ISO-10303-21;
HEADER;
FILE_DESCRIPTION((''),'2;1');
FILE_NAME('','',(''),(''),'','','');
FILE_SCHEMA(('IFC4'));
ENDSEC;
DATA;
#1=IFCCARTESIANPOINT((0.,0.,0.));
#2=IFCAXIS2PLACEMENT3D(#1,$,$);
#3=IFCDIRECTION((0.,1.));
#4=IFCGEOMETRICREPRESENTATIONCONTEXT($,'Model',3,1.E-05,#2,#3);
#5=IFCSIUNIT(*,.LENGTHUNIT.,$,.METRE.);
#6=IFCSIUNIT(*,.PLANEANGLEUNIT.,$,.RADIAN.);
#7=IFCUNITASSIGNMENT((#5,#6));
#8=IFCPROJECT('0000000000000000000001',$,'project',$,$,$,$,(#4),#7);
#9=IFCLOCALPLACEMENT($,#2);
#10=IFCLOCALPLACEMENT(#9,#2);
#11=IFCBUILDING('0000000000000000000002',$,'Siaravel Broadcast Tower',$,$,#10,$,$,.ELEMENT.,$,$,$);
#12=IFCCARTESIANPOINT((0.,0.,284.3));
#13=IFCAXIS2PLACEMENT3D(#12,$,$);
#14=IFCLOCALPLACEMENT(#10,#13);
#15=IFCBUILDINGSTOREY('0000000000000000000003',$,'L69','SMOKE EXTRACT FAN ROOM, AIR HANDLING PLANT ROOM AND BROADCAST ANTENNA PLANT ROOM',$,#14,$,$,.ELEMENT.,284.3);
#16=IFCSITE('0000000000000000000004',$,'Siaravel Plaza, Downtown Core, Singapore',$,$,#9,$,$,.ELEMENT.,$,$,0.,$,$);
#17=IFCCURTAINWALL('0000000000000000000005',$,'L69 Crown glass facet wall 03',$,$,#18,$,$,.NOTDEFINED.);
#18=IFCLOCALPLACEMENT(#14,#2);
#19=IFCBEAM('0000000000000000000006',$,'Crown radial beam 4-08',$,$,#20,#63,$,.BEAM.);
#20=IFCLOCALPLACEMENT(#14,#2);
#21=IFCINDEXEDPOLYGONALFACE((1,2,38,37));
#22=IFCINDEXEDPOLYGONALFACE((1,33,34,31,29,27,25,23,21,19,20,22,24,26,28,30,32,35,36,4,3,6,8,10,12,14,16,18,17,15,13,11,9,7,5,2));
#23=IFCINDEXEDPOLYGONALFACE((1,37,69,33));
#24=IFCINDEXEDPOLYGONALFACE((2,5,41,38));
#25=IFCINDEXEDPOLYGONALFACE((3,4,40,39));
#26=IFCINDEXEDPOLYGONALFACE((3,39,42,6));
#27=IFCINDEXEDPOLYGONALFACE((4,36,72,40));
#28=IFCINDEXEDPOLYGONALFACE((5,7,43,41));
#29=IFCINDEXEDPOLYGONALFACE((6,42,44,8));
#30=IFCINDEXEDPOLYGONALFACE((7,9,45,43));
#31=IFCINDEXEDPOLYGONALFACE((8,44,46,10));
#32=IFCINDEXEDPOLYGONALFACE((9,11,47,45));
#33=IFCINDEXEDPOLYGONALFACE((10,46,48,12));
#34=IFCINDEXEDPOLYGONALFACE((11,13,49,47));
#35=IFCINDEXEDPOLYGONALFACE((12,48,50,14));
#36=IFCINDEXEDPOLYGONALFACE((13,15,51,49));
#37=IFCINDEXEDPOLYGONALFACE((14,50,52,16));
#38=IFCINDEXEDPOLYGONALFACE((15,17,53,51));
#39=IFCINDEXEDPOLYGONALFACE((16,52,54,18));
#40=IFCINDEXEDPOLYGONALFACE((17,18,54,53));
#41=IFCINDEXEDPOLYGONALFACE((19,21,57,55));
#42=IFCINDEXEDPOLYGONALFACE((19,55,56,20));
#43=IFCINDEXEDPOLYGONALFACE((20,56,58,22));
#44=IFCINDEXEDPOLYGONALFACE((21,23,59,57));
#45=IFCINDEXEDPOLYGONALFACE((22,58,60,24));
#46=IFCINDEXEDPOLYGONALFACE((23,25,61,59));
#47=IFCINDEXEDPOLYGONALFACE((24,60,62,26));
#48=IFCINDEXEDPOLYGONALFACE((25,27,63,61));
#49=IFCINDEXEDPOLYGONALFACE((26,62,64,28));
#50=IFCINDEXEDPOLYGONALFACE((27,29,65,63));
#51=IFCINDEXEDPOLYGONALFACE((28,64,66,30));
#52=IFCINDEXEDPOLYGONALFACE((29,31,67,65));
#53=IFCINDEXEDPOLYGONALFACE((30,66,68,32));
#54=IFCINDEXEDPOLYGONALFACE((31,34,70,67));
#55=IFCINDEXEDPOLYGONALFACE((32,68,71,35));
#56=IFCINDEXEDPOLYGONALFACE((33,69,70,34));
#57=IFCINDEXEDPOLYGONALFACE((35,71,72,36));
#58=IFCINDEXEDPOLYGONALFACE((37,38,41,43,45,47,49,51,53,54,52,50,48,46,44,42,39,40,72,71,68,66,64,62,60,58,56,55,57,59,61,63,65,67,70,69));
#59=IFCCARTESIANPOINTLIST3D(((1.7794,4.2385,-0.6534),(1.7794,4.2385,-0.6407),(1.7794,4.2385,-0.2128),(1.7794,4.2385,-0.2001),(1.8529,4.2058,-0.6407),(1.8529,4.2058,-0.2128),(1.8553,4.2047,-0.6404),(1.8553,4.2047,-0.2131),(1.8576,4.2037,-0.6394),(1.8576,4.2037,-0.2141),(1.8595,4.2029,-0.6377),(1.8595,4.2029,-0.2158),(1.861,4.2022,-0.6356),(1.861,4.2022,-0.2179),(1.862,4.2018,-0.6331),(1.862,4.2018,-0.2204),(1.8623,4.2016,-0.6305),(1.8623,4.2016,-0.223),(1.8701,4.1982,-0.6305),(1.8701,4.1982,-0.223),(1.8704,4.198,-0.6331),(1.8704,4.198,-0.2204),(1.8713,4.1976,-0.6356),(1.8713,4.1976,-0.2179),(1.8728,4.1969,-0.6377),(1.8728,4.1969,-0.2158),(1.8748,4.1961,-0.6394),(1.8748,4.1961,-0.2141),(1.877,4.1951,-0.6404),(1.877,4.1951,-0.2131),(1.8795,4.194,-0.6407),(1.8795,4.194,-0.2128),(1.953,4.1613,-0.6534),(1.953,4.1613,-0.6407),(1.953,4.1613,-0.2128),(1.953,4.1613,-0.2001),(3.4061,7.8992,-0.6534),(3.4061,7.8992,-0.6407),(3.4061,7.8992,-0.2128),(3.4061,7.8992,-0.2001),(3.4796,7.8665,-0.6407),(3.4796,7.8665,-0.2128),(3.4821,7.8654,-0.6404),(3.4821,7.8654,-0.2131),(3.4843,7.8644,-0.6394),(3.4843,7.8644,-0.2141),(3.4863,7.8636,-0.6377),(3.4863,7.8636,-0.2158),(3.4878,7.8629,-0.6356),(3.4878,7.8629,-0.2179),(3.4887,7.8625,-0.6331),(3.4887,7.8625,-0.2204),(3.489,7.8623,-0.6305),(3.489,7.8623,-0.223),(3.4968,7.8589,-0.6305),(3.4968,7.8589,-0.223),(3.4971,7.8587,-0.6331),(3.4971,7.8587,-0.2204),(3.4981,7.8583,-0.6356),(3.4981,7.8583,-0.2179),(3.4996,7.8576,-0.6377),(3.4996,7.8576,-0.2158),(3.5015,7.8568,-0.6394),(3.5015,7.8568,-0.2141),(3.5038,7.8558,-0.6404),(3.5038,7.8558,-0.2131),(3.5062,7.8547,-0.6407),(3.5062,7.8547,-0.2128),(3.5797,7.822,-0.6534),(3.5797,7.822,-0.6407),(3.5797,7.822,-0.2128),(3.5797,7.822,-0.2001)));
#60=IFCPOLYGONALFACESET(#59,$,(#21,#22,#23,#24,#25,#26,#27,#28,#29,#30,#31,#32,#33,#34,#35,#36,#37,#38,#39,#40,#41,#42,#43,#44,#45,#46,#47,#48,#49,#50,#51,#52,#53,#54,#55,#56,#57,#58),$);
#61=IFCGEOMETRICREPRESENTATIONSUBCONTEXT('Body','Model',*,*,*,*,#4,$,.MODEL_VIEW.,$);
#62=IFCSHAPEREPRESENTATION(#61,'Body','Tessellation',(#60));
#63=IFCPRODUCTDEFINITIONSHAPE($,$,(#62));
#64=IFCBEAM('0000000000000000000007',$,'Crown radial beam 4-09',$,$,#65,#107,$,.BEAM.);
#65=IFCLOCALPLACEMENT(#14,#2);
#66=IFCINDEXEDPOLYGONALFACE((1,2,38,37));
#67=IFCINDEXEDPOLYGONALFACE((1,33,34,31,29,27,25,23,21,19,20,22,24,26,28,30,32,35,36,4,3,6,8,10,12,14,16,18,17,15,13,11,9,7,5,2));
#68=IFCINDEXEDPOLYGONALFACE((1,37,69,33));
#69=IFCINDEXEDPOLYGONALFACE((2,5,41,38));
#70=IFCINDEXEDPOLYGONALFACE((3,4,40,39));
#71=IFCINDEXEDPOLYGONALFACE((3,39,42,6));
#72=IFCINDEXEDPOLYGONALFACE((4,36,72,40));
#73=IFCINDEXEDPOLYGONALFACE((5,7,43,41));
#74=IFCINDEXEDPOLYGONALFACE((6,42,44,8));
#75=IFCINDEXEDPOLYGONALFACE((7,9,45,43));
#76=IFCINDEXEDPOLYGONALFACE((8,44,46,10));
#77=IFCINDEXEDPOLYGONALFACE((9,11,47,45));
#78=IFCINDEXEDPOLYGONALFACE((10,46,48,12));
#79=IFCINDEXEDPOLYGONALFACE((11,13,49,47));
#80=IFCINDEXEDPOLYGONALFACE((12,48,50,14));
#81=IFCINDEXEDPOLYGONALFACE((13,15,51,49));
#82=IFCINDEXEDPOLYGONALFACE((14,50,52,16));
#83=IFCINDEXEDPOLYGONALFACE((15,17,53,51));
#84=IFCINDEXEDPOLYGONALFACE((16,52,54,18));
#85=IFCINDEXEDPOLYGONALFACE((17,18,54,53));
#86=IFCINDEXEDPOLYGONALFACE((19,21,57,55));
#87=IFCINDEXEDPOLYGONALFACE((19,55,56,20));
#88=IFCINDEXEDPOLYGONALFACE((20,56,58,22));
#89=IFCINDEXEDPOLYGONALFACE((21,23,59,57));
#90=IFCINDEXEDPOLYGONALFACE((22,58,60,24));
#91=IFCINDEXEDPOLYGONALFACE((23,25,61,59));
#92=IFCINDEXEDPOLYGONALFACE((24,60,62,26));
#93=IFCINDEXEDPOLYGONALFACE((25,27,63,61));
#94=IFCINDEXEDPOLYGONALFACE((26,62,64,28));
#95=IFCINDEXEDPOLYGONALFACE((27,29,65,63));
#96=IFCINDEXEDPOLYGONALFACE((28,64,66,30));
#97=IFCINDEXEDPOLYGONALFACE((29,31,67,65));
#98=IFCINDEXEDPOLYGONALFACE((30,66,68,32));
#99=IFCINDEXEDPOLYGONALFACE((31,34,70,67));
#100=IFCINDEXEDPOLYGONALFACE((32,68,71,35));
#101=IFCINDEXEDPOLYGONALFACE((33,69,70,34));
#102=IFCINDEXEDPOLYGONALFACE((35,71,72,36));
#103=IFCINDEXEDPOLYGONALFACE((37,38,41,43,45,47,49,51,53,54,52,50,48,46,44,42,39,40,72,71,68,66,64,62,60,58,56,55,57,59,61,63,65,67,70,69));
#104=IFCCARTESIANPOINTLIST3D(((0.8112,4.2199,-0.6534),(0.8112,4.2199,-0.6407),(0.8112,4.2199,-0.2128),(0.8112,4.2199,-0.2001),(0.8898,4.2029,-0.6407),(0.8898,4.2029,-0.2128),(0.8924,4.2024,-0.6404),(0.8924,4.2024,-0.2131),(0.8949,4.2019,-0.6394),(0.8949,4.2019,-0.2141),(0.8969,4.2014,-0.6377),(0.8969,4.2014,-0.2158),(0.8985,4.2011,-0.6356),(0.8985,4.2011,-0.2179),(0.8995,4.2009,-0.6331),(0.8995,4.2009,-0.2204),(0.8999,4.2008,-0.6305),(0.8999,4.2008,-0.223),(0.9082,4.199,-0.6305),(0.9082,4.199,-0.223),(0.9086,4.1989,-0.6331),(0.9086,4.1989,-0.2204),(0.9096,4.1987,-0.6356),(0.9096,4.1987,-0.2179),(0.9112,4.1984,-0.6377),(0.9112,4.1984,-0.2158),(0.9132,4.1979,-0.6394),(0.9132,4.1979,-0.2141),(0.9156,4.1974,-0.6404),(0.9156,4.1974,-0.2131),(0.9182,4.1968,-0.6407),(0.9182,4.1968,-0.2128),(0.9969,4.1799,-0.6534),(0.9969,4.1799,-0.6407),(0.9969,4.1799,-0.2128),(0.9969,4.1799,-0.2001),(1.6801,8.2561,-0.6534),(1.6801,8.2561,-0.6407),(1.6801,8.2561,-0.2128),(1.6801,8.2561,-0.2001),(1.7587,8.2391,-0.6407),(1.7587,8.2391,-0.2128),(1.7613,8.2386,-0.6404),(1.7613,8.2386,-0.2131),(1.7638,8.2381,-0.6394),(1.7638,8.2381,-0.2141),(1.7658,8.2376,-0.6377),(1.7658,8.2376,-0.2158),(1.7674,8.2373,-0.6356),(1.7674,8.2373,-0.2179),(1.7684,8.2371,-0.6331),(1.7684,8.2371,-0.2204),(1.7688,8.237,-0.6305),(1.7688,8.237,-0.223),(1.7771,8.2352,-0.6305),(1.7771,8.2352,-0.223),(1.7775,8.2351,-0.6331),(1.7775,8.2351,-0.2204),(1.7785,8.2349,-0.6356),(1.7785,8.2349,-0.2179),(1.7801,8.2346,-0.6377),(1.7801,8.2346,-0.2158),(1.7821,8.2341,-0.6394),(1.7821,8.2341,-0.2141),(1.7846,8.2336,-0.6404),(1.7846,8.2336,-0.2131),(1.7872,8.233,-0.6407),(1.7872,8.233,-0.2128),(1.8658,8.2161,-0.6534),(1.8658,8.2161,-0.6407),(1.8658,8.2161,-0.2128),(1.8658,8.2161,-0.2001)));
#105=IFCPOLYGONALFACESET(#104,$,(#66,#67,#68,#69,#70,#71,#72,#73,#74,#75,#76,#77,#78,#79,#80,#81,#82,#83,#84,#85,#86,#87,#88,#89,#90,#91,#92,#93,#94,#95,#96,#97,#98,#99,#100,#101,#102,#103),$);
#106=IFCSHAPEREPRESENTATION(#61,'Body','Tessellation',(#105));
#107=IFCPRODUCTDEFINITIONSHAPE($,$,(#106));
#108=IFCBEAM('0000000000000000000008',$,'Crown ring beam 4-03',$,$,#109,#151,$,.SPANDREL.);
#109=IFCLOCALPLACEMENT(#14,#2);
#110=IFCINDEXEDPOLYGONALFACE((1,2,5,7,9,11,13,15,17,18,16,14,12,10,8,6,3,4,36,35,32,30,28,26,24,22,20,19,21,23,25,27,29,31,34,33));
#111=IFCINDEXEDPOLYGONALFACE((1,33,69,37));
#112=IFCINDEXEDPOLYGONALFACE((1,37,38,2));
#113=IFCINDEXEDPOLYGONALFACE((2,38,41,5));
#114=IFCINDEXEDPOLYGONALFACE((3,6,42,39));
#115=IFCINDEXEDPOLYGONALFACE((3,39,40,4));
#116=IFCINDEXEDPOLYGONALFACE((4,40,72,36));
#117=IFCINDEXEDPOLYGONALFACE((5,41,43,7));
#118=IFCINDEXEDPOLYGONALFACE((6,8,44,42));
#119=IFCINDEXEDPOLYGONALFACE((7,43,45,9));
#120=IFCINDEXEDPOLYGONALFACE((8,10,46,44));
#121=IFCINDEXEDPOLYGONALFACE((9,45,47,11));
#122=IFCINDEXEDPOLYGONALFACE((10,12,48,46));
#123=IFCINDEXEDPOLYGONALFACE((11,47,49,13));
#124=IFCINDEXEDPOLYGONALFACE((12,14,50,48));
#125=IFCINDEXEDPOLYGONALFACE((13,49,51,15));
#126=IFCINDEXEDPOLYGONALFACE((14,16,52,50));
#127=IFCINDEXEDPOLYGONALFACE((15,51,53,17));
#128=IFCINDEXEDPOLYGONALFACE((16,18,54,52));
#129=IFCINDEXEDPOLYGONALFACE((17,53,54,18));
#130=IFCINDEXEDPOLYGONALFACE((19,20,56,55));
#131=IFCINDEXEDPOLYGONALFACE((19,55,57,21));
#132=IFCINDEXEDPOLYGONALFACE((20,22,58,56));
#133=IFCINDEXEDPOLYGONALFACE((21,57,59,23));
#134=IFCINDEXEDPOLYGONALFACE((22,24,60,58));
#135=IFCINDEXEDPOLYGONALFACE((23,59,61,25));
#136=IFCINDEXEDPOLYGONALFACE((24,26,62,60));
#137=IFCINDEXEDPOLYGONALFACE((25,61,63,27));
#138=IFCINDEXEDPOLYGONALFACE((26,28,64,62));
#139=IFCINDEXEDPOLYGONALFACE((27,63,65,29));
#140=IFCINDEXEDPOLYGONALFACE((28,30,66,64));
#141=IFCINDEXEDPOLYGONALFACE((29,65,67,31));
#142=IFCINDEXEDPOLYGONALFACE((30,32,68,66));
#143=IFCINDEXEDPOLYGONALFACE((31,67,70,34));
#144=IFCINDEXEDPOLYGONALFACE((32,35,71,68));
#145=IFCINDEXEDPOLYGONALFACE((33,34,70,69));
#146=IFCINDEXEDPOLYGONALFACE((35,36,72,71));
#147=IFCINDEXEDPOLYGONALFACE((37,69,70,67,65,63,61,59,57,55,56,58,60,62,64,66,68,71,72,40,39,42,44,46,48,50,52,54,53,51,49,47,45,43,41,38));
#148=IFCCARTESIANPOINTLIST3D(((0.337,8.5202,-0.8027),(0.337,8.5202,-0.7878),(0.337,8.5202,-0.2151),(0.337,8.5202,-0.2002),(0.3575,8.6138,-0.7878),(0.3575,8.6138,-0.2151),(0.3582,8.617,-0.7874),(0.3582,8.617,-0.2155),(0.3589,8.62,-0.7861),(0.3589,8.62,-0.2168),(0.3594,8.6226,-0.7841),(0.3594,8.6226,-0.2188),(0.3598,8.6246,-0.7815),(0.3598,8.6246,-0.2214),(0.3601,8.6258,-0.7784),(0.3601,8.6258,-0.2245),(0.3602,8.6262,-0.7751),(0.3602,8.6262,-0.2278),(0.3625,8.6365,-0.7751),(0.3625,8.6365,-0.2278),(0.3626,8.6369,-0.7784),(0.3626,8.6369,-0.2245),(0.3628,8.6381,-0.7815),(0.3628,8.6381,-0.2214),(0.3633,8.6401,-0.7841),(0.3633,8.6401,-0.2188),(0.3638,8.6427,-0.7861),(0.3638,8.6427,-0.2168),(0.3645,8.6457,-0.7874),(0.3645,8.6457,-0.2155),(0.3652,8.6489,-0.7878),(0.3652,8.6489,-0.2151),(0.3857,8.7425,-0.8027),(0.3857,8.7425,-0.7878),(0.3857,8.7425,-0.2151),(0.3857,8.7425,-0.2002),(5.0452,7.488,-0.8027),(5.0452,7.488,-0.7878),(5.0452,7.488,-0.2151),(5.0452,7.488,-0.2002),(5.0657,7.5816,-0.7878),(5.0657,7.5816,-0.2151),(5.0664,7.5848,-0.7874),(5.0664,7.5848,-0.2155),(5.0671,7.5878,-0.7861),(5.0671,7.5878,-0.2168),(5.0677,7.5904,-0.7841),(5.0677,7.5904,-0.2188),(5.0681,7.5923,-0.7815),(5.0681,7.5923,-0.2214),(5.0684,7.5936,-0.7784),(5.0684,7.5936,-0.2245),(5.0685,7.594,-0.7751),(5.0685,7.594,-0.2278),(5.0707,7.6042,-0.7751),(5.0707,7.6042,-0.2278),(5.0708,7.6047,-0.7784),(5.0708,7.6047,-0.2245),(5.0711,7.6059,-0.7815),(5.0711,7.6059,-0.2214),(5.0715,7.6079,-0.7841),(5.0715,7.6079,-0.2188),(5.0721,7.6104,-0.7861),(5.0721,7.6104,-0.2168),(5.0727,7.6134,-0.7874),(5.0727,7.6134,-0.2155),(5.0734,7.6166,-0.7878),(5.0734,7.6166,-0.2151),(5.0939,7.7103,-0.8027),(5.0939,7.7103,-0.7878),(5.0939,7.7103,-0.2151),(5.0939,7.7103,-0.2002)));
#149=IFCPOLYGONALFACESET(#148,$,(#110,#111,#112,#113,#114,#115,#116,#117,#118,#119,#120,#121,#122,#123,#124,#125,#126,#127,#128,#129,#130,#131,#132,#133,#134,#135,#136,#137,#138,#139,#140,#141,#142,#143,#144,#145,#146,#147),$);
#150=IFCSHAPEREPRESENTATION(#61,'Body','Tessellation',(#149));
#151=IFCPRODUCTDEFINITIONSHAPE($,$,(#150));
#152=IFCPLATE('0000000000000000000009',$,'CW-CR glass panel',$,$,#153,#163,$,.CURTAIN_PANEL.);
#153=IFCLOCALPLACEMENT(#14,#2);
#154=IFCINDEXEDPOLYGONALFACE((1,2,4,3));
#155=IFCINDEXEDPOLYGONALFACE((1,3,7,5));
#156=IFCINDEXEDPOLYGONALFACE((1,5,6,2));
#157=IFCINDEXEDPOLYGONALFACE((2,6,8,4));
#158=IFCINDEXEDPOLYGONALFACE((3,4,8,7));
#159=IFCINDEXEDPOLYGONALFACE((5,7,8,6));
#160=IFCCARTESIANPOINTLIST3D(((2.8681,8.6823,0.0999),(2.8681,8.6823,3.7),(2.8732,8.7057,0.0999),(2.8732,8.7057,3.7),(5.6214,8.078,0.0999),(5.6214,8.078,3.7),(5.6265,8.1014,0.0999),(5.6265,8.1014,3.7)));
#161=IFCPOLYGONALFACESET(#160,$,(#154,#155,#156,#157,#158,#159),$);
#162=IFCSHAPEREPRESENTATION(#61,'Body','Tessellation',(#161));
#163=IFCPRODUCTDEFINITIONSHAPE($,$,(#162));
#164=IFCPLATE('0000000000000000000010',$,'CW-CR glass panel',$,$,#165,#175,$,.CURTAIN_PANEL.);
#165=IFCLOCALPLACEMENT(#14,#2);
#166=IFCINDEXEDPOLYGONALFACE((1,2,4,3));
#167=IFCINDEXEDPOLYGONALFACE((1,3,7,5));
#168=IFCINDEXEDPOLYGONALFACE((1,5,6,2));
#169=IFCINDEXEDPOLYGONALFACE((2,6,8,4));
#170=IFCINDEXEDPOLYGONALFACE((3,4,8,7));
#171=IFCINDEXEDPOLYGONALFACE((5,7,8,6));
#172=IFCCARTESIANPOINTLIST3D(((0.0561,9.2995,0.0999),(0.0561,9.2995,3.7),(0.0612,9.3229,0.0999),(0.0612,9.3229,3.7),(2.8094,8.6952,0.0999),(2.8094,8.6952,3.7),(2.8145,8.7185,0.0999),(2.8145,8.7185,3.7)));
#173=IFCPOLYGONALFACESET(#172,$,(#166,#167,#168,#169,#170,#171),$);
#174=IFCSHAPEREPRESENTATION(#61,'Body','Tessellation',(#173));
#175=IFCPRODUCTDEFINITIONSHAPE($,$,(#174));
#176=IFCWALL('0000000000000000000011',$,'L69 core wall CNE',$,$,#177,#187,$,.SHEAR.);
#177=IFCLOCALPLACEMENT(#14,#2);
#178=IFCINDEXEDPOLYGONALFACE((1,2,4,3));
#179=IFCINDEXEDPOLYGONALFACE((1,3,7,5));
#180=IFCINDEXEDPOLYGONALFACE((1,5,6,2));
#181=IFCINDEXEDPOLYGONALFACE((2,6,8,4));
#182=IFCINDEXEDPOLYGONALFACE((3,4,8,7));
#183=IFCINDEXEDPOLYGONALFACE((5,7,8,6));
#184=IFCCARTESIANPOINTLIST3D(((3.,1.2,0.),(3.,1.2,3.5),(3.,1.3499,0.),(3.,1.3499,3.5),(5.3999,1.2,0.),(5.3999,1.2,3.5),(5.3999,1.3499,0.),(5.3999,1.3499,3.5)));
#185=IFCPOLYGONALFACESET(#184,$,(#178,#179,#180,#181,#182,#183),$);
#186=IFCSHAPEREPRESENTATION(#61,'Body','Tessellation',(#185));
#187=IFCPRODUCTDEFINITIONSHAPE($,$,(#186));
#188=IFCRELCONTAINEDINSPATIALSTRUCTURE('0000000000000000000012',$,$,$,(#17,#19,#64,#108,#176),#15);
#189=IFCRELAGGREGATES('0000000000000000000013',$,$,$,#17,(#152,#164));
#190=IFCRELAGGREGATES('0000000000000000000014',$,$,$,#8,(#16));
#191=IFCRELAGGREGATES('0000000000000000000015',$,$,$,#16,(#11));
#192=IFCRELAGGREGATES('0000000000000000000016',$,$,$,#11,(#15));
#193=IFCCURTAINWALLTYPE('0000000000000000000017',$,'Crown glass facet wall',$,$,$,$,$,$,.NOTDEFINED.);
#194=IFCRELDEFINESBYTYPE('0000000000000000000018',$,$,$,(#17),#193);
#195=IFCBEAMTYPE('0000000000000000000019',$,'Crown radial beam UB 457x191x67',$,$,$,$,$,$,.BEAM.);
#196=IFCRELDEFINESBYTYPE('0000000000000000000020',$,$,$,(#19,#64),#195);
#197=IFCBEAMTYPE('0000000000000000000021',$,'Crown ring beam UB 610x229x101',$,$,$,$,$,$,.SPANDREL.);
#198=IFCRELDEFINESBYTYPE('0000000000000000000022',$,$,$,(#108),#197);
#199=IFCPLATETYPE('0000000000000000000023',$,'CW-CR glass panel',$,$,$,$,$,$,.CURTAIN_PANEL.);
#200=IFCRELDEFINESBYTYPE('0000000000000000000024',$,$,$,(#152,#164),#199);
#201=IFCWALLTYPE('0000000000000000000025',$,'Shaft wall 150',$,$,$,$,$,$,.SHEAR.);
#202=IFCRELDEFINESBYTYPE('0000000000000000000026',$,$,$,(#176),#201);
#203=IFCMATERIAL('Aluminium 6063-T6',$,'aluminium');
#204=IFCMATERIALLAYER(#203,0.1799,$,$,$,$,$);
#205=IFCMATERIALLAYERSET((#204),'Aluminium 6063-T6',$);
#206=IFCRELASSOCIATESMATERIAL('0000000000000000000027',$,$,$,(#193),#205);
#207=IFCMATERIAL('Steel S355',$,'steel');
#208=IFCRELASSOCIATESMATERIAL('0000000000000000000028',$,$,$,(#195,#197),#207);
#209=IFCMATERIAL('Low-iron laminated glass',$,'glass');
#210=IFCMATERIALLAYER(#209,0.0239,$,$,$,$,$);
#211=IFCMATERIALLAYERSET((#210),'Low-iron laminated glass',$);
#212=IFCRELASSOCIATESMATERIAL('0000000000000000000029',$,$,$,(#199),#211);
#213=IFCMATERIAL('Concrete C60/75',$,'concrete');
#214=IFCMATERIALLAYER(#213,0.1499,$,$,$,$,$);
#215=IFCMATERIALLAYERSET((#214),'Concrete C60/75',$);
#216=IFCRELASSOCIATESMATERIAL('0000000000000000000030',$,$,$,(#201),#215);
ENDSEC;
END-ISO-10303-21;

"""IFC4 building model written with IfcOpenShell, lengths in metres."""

from ifc_helpers import new_model, si_unit, direction, frame, frame_2d, origin, origin_2d, place, context, subcontext, project, spatial, rectangle, i_section, extrude, material, layer, layer_set, material_profile, profile_set, type_object, element, aggregate, save


model = new_model("IFC4")

# Units and contexts
model_context = context("Model", 3, precision=1e-05, world=origin(), true_north=direction((0.0, 1.0)))
body_context = subcontext(model_context, "Body", "Model", "MODEL_VIEW")
ifc_project = project(units=[si_unit("LENGTHUNIT", "METRE"), si_unit("PLANEANGLEUNIT", "RADIAN")], contexts=[model_context])

# Site, building, storey
site_placement = place(None, origin())
site = spatial("IfcSite", under=ifc_project, at=site_placement, Name="Siaravel Plaza, Downtown Core, Singapore", CompositionType="ELEMENT", RefElevation=0.0)
building_placement = place(site_placement, origin())
building = spatial("IfcBuilding", under=site, at=building_placement, Name="Siaravel Broadcast Tower", CompositionType="ELEMENT")
storey_placement = place(building_placement, frame((0.0, 0.0, 284.3)))
storey = spatial("IfcBuildingStorey", under=building, at=storey_placement, Name="L69", Description="SMOKE EXTRACT FAN ROOM, AIR HANDLING PLANT ROOM AND BROADCAST ANTENNA PLANT ROOM", CompositionType="ELEMENT", Elevation=284.3)

# Curtain wall
ifc_material_1 = material(Name="Aluminium 6063-T6", Category="aluminium")
ifc_layer_1 = layer(ifc_material_1, 0.1799)
ifc_layer_set_1 = layer_set([ifc_layer_1], Name="Aluminium 6063-T6")
curtain_wall_type = type_object("IfcCurtainWallType", Name="Crown glass facet wall", PredefinedType="NOTDEFINED", material=ifc_layer_set_1)
curtain_wall_placement = place(storey_placement, origin())
curtain_wall = element("IfcCurtainWall", 1, at=curtain_wall_placement, inside=storey, type_object=curtain_wall_type, Name="L69 Crown glass facet wall 03", PredefinedType="NOTDEFINED")

# Beams
ifc_material_2 = material(Name="Steel S355", Category="steel")
ifc_material_profile_1 = material_profile(ifc_material_2, i_section(OverallWidth=0.1899, OverallDepth=0.4534, WebThickness=0.0085, FlangeThickness=0.0127, FilletRadius=0.0103, at=origin_2d()))
ifc_profile_set_1 = profile_set([ifc_material_profile_1], Name="Steel S355")
beam_type_1 = type_object("IfcBeamType", Name="Crown radial beam UB 457x191x67", PredefinedType="BEAM", material=ifc_profile_set_1)
beam_1_placement = place(storey_placement, frame((3.4929, 7.8606, -0.4268), z_axis=(-0.406088, -0.913834, 0.0), x_axis=(0.913834, -0.406088, 0.0)))
element("IfcBeam", 2, at=beam_1_placement, inside=storey, type_object=beam_type_1, Name="Crown radial beam 4-08", PredefinedType="BEAM", context=body_context, shape_type="SweptSolid", body=[
    extrude(i_section(OverallWidth=0.1899, OverallDepth=0.4534, WebThickness=0.0085, FlangeThickness=0.0127, FilletRadius=0.0103, at=origin_2d()), origin(), (0.0, 0.0, 1.0), 4.0059),
])
beam_2_placement = place(storey_placement, frame((1.7729, 8.2361, -0.4268), z_axis=(-0.210458, -0.977603, 0.0), x_axis=(0.977603, -0.210458, 0.0)))
element("IfcBeam", 3, at=beam_2_placement, inside=storey, type_object=beam_type_1, Name="Crown radial beam 4-09", PredefinedType="BEAM", context=body_context, shape_type="SweptSolid", body=[
    extrude(i_section(OverallWidth=0.1899, OverallDepth=0.4534, WebThickness=0.0085, FlangeThickness=0.0127, FilletRadius=0.0103, at=origin_2d()), origin(), (0.0, 0.0, 1.0), 4.1287),
])
ifc_material_profile_2 = material_profile(ifc_material_2, i_section(OverallWidth=0.2275, OverallDepth=0.6025, WebThickness=0.0105, FlangeThickness=0.0149, FilletRadius=0.0127, at=origin_2d()))
ifc_profile_set_2 = profile_set([ifc_material_profile_2], Name="Steel S355")
beam_type_2 = type_object("IfcBeamType", Name="Crown ring beam UB 610x229x101", PredefinedType="SPANDREL", material=ifc_profile_set_2)
beam_3_placement = place(storey_placement, frame((5.0696, 7.5991, -0.5015), z_axis=(-0.9768, 0.214152, 0.0), x_axis=(-0.214152, -0.9768, 0.0)))
element("IfcBeam", 4, at=beam_3_placement, inside=storey, type_object=beam_type_2, Name="Crown ring beam 4-03", PredefinedType="SPANDREL", context=body_context, shape_type="SweptSolid", body=[
    extrude(i_section(OverallWidth=0.2275, OverallDepth=0.6025, WebThickness=0.0105, FlangeThickness=0.0149, FilletRadius=0.0127, at=origin_2d()), origin(), (0.0, 0.0, 1.0), 4.8201),
])

# Plates
ifc_material_3 = material(Name="Low-iron laminated glass", Category="glass")
ifc_layer_2 = layer(ifc_material_3, 0.0239)
ifc_layer_set_2 = layer_set([ifc_layer_2], Name="Low-iron laminated glass")
plate_type = type_object("IfcPlateType", Name="CW-CR glass panel", PredefinedType="CURTAIN_PANEL", material=ifc_layer_set_2)
plate_1_placement = place(storey_placement, frame((4.2473, 8.3918, 0.0999), z_axis=(0.0, 0.0, 1.0), x_axis=(-0.976747, 0.214396, 0.0)))
plate_1 = element("IfcPlate", 5, at=plate_1_placement, type_object=plate_type, Name="CW-CR glass panel", PredefinedType="CURTAIN_PANEL", context=body_context, shape_type="SweptSolid", body=[
    extrude(rectangle(XDim=2.8188, YDim=0.0239, at=origin_2d()), origin(), (0.0, 0.0, 1.0), 3.6001),
])
plate_2_placement = place(storey_placement, frame((1.4353, 9.009, 0.0999), z_axis=(0.0, 0.0, 1.0), x_axis=(-0.976747, 0.214396, 0.0)))
plate_2 = element("IfcPlate", 6, at=plate_2_placement, type_object=plate_type, Name="CW-CR glass panel", PredefinedType="CURTAIN_PANEL", context=body_context, shape_type="SweptSolid", body=[
    extrude(rectangle(XDim=2.8188, YDim=0.0239, at=origin_2d()), origin(), (0.0, 0.0, 1.0), 3.6001),
])
aggregate(curtain_wall, [plate_1, plate_2])

# Wall
ifc_material_4 = material(Name="Concrete C60/75", Category="concrete")
ifc_layer_3 = layer(ifc_material_4, 0.1499)
ifc_layer_set_3 = layer_set([ifc_layer_3], Name="Concrete C60/75")
wall_type_1 = type_object("IfcWallType", Name="Shaft wall 150", PredefinedType="SHEAR", material=ifc_layer_set_3)
wall_1_placement = place(storey_placement, frame((3.0, 1.2749, 0.0), z_axis=(0.0, 0.0, 1.0), x_axis=(1.0, 0.0, 0.0)))
element("IfcWall", 7, at=wall_1_placement, inside=storey, type_object=wall_type_1, Name="L69 core wall CNE", PredefinedType="SHEAR", context=body_context, shape_type="SweptSolid", body=[
    extrude(rectangle(XDim=2.3999, YDim=0.1499, at=frame_2d((1.2, 0.0))), origin(), (0.0, 0.0, 1.0), 3.5),
])

save(model, "model.ifc")
